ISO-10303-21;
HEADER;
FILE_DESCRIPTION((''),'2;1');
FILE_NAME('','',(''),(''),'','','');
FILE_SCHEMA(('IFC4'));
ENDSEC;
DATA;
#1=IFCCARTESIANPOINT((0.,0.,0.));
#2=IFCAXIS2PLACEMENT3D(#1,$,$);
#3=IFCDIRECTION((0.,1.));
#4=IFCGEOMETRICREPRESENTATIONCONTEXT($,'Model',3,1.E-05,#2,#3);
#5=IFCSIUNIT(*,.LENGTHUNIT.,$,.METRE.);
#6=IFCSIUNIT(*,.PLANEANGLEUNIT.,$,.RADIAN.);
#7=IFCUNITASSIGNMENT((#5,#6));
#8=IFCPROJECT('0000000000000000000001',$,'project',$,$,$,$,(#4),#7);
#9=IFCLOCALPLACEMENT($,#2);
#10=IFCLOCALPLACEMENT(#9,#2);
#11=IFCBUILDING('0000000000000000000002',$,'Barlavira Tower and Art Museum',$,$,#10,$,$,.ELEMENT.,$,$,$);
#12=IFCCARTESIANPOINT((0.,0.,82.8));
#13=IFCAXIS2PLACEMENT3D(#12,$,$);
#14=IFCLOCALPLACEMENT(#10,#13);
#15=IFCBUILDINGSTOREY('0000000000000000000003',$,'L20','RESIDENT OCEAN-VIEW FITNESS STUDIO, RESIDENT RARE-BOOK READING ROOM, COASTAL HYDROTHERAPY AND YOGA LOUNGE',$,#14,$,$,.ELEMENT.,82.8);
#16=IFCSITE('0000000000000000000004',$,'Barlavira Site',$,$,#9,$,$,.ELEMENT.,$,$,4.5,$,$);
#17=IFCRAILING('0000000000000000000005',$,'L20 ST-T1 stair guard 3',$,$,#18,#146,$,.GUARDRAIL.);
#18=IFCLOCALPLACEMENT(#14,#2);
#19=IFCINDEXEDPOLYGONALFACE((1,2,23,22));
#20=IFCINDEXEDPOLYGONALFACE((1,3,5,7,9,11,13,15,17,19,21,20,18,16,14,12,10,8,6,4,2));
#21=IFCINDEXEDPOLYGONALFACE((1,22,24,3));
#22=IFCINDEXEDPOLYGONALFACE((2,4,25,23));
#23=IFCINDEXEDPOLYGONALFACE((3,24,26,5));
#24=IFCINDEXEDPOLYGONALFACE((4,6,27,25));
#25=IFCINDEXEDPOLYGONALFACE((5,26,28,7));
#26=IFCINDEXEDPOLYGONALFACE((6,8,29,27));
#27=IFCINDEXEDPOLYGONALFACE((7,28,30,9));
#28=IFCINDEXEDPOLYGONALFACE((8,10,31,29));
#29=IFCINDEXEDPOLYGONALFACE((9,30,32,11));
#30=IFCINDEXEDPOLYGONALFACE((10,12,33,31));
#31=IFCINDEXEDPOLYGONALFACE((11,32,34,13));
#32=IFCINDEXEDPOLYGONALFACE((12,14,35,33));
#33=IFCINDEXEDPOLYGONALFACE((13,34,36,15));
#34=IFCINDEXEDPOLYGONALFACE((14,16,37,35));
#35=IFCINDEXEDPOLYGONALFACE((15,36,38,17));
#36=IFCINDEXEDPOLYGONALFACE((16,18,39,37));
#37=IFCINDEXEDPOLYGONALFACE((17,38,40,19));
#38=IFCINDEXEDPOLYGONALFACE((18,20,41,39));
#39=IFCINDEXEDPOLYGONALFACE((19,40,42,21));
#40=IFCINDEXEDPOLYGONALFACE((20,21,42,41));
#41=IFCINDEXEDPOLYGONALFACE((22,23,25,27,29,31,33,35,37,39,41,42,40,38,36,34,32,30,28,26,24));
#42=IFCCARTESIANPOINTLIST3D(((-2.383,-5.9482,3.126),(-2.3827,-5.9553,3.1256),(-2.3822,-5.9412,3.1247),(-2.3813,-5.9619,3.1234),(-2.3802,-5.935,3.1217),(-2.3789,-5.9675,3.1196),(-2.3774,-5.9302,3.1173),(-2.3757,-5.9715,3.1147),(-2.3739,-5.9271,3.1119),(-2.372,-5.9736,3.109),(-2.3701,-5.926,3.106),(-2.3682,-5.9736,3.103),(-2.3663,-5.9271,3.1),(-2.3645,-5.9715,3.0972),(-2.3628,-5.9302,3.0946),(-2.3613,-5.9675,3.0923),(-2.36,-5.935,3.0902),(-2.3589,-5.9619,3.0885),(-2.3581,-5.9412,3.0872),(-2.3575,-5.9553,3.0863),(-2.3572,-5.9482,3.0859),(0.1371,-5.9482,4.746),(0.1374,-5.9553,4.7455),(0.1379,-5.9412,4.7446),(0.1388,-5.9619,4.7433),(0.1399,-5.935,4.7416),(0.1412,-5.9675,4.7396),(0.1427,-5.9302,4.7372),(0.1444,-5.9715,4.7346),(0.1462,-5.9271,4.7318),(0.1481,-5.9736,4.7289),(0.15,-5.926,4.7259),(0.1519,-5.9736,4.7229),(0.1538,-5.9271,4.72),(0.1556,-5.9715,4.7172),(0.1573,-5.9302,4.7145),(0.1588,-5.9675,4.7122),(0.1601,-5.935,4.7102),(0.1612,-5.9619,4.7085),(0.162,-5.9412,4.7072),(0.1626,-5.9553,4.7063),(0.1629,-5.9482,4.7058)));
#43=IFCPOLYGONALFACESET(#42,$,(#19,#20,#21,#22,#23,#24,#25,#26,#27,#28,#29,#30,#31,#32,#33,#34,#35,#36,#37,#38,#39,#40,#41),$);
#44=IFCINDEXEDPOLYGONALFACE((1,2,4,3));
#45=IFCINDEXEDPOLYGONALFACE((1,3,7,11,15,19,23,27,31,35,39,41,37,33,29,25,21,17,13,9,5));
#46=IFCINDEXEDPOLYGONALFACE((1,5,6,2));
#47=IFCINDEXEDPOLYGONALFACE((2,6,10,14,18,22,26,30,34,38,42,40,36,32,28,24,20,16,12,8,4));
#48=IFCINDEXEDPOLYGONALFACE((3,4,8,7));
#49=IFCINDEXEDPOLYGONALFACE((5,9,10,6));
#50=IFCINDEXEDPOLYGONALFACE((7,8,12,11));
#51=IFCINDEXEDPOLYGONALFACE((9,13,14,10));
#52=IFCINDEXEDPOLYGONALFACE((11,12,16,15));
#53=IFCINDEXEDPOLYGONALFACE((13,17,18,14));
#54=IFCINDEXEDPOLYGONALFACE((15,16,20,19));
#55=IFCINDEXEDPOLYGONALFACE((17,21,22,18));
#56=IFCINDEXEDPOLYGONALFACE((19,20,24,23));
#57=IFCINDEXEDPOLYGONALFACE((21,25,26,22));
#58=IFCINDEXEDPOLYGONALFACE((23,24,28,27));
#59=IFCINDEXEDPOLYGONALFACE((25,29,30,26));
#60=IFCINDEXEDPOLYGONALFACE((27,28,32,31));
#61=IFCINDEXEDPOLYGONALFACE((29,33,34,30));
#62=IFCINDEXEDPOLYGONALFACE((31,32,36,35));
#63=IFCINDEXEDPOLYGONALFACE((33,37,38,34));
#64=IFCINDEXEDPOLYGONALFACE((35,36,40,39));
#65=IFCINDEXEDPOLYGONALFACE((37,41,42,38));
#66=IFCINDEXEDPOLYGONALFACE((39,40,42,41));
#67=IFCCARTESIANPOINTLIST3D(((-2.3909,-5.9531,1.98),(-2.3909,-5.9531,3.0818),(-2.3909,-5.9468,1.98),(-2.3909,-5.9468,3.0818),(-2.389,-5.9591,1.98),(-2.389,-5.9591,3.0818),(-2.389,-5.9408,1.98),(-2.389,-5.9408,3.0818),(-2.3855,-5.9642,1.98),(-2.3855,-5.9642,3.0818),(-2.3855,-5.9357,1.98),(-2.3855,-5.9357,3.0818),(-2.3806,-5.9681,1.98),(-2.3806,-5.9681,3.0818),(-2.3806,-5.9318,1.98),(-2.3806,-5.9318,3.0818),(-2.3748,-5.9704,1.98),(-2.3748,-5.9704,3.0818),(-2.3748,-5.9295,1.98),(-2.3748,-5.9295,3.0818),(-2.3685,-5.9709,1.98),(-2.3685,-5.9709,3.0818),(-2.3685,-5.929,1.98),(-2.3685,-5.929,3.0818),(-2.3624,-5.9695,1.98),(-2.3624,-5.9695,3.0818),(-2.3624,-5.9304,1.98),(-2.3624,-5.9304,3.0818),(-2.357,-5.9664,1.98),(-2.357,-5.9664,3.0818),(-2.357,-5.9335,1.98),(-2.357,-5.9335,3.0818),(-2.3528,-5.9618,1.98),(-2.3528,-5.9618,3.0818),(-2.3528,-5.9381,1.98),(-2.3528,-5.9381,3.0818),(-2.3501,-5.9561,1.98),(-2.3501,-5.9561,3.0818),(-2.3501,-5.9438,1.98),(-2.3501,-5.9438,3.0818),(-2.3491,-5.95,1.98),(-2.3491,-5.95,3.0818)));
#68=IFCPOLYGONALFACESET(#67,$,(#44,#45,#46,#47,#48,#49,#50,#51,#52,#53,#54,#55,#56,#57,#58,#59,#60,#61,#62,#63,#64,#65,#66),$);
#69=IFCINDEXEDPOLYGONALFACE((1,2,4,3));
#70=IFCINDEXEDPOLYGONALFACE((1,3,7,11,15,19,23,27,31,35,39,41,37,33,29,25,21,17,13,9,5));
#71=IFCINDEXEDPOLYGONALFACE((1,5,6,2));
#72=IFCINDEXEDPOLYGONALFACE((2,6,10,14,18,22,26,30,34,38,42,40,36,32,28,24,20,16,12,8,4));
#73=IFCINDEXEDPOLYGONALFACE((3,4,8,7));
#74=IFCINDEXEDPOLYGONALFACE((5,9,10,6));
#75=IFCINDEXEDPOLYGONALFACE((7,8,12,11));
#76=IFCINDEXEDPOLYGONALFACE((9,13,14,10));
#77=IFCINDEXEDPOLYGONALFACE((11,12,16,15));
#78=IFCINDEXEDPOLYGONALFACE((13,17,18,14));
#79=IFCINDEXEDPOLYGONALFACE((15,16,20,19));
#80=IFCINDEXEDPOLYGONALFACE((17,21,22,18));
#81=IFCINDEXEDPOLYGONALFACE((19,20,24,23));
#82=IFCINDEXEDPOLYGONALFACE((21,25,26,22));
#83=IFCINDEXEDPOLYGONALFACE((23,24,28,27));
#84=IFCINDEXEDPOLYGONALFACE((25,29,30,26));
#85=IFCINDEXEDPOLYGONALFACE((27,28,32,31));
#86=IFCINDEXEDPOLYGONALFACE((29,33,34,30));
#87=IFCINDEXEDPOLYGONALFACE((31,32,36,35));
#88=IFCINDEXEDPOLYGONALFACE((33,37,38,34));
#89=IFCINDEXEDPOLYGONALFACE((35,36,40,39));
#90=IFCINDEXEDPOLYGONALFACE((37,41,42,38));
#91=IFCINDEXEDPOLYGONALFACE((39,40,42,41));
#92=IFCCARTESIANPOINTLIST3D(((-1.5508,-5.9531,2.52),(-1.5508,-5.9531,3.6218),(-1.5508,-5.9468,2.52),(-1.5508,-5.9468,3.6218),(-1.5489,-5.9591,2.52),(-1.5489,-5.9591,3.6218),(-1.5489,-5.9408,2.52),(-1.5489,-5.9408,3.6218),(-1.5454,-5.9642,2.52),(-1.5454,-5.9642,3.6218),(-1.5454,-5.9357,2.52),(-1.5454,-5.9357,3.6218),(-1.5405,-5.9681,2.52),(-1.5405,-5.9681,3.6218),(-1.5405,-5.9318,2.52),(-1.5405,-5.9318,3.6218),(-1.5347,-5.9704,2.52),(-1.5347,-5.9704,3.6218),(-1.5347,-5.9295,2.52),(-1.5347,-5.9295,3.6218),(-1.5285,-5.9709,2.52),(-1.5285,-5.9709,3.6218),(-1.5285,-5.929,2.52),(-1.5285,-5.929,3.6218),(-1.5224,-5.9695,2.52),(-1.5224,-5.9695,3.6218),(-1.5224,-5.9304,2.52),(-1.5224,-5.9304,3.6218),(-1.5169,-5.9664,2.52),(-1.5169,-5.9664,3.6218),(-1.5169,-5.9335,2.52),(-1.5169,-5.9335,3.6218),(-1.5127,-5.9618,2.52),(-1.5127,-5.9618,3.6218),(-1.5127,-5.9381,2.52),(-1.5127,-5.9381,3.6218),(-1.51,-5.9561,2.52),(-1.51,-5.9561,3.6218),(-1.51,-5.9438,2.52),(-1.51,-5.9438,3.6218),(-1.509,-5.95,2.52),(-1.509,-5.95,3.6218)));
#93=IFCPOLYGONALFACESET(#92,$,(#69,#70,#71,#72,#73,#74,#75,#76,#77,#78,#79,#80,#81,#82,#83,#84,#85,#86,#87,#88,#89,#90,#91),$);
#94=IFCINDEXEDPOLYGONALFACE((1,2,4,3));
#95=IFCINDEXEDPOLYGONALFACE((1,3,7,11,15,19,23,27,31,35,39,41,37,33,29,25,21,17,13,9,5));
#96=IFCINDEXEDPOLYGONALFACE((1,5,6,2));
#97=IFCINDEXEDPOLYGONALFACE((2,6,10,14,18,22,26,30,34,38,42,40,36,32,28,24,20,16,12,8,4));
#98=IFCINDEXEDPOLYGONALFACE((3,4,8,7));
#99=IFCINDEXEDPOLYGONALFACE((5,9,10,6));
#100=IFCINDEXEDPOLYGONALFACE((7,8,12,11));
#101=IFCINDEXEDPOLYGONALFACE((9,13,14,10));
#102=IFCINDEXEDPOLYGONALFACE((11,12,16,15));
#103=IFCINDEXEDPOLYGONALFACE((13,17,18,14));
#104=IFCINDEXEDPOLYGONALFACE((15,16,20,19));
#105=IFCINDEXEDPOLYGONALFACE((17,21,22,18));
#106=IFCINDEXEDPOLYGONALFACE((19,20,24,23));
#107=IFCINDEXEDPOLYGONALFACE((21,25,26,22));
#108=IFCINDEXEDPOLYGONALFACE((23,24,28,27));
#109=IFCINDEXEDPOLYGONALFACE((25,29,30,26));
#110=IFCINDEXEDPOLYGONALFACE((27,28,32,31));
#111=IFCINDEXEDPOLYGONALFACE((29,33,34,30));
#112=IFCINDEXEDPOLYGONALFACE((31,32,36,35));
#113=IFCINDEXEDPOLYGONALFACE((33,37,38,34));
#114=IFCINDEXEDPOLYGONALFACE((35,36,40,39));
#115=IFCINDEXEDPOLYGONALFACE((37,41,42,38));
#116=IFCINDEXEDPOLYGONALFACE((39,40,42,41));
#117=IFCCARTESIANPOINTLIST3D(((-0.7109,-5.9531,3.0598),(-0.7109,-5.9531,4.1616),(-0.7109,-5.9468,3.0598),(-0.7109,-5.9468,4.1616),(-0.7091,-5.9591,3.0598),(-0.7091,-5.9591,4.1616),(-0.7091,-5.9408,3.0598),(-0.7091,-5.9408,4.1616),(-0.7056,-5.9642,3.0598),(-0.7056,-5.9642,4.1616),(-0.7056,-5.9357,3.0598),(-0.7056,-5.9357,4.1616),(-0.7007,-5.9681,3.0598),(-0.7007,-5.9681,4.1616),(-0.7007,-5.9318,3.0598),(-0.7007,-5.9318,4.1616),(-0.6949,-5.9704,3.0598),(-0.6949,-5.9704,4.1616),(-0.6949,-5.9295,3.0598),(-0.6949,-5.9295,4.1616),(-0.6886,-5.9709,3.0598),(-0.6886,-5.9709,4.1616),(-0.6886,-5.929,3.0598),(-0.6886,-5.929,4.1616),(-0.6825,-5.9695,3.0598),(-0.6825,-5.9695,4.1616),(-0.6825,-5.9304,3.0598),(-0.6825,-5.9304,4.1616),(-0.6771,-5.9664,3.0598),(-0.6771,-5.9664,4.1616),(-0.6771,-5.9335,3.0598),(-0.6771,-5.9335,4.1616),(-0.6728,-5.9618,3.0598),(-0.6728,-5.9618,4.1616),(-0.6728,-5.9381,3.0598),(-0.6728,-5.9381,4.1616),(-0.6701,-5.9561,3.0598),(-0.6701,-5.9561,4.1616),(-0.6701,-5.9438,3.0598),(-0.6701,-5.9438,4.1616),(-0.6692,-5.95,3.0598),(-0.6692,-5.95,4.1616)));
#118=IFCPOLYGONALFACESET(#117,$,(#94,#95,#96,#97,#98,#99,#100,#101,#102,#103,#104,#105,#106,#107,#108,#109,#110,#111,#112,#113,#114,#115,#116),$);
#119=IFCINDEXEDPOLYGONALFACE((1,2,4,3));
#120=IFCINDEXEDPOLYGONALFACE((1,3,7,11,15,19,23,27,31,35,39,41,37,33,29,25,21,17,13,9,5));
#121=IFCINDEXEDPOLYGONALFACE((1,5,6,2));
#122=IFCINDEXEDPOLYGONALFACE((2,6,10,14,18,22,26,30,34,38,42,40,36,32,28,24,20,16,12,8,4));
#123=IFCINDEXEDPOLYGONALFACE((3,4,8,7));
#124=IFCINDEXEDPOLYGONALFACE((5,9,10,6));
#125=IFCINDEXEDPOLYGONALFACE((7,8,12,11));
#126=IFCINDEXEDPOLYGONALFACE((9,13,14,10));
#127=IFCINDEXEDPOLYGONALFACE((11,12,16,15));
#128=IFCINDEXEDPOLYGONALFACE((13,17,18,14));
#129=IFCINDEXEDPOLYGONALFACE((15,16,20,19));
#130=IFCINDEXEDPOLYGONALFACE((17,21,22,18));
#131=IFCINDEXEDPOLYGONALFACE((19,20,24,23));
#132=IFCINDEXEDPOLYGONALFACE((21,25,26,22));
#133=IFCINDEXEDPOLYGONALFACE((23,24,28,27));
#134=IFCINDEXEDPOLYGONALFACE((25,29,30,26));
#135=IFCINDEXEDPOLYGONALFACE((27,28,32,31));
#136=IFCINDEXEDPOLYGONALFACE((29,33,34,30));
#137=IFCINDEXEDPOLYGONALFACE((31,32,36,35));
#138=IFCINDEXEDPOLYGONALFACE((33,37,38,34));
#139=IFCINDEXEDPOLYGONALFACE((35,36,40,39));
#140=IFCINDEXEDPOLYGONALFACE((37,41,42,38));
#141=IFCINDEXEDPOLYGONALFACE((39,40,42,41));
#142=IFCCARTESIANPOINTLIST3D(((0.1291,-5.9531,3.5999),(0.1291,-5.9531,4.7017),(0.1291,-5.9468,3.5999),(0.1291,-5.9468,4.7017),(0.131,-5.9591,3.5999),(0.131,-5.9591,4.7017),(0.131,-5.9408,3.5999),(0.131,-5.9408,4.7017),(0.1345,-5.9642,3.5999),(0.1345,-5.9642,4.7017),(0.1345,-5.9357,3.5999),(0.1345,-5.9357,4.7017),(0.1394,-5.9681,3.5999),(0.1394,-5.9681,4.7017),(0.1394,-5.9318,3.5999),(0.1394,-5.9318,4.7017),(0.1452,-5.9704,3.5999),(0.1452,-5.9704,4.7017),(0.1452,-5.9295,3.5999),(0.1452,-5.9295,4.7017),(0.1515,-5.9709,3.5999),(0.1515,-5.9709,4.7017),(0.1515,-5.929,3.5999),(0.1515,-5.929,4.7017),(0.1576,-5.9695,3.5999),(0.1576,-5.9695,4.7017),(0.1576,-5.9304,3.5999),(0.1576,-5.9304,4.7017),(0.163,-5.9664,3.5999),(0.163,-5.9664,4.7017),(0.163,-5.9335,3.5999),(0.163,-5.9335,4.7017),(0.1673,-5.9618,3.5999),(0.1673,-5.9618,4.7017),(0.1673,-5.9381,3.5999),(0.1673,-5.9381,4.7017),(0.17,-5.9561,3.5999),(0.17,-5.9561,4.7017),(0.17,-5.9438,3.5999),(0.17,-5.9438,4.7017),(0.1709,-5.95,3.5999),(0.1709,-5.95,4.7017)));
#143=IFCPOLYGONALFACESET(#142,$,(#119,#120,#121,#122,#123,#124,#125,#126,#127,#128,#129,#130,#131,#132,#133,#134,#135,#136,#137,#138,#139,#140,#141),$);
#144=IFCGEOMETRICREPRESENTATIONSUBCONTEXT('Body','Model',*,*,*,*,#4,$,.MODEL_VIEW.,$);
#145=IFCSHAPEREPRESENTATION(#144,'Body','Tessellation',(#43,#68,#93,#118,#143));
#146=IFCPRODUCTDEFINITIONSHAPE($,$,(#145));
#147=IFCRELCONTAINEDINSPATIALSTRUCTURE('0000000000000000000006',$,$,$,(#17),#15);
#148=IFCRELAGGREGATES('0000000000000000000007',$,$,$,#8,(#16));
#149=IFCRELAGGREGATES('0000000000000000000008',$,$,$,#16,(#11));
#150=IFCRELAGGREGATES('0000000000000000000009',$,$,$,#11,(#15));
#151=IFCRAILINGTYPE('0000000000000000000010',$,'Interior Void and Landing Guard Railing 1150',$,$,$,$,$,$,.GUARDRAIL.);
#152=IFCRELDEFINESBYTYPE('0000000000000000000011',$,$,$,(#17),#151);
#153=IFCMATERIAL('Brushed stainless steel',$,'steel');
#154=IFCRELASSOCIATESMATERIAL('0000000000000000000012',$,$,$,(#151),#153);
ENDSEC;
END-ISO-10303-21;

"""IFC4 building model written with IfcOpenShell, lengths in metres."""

from ifc_helpers import new_model, si_unit, direction, frame, origin, origin_2d, place, context, subcontext, project, spatial, circle, extrude, material, type_object, element, save


model = new_model("IFC4")

# Units and contexts
model_context = context("Model", 3, precision=1e-05, world=origin(), true_north=direction((0.0, 1.0)))
body_context = subcontext(model_context, "Body", "Model", "MODEL_VIEW")
ifc_project = project(units=[si_unit("LENGTHUNIT", "METRE"), si_unit("PLANEANGLEUNIT", "RADIAN")], contexts=[model_context])

# Site, building, storey
site_placement = place(None, origin())
site = spatial("IfcSite", under=ifc_project, at=site_placement, Name="Barlavira Site", CompositionType="ELEMENT", RefElevation=4.5)
building_placement = place(site_placement, origin())
building = spatial("IfcBuilding", under=site, at=building_placement, Name="Barlavira Tower and Art Museum", CompositionType="ELEMENT")
storey_placement = place(building_placement, frame((0.0, 0.0, 82.8)))
storey = spatial("IfcBuildingStorey", under=building, at=storey_placement, Name="L20", Description="RESIDENT OCEAN-VIEW FITNESS STUDIO, RESIDENT RARE-BOOK READING ROOM, COASTAL HYDROTHERAPY AND YOGA LOUNGE", CompositionType="ELEMENT", Elevation=82.8)

# Shared definitions
ifc_material_1 = material(Name="Brushed stainless steel", Category="steel")

# Railing
railing_type_1 = type_object("IfcRailingType", Name="Interior Void and Landing Guard Railing 1150", PredefinedType="GUARDRAIL", material=ifc_material_1)
railing_1_placement = place(storey_placement, frame((-2.3701, -5.95, 1.98)))
element("IfcRailing", 1, at=railing_1_placement, inside=storey, type_object=railing_type_1, Name="L20 ST-T1 stair guard 3", PredefinedType="GUARDRAIL", context=body_context, shape_type="SweptSolid", body=[
    extrude(circle(Radius=0.0239, at=origin_2d()), frame((0.0, 0.0, 1.126), z_axis=(0.8412, 0.0, 0.540725), x_axis=(0.0, 1.0, 0.0)), (0.0, 0.0, 1.0), 2.9958),
    extrude(circle(Radius=0.021, at=origin_2d()), origin(), (0.0, 0.0, 1.0), 1.1018),
    extrude(circle(Radius=0.021, at=origin_2d()), frame((0.8401, 0.0, 0.54)), (0.0, 0.0, 1.0), 1.1018),
    extrude(circle(Radius=0.021, at=origin_2d()), frame((1.6799, 0.0, 1.0798)), (0.0, 0.0, 1.0), 1.1018),
    extrude(circle(Radius=0.021, at=origin_2d()), frame((2.52, 0.0, 1.6199)), (0.0, 0.0, 1.0), 1.1018),
])

save(model, "model.ifc")
